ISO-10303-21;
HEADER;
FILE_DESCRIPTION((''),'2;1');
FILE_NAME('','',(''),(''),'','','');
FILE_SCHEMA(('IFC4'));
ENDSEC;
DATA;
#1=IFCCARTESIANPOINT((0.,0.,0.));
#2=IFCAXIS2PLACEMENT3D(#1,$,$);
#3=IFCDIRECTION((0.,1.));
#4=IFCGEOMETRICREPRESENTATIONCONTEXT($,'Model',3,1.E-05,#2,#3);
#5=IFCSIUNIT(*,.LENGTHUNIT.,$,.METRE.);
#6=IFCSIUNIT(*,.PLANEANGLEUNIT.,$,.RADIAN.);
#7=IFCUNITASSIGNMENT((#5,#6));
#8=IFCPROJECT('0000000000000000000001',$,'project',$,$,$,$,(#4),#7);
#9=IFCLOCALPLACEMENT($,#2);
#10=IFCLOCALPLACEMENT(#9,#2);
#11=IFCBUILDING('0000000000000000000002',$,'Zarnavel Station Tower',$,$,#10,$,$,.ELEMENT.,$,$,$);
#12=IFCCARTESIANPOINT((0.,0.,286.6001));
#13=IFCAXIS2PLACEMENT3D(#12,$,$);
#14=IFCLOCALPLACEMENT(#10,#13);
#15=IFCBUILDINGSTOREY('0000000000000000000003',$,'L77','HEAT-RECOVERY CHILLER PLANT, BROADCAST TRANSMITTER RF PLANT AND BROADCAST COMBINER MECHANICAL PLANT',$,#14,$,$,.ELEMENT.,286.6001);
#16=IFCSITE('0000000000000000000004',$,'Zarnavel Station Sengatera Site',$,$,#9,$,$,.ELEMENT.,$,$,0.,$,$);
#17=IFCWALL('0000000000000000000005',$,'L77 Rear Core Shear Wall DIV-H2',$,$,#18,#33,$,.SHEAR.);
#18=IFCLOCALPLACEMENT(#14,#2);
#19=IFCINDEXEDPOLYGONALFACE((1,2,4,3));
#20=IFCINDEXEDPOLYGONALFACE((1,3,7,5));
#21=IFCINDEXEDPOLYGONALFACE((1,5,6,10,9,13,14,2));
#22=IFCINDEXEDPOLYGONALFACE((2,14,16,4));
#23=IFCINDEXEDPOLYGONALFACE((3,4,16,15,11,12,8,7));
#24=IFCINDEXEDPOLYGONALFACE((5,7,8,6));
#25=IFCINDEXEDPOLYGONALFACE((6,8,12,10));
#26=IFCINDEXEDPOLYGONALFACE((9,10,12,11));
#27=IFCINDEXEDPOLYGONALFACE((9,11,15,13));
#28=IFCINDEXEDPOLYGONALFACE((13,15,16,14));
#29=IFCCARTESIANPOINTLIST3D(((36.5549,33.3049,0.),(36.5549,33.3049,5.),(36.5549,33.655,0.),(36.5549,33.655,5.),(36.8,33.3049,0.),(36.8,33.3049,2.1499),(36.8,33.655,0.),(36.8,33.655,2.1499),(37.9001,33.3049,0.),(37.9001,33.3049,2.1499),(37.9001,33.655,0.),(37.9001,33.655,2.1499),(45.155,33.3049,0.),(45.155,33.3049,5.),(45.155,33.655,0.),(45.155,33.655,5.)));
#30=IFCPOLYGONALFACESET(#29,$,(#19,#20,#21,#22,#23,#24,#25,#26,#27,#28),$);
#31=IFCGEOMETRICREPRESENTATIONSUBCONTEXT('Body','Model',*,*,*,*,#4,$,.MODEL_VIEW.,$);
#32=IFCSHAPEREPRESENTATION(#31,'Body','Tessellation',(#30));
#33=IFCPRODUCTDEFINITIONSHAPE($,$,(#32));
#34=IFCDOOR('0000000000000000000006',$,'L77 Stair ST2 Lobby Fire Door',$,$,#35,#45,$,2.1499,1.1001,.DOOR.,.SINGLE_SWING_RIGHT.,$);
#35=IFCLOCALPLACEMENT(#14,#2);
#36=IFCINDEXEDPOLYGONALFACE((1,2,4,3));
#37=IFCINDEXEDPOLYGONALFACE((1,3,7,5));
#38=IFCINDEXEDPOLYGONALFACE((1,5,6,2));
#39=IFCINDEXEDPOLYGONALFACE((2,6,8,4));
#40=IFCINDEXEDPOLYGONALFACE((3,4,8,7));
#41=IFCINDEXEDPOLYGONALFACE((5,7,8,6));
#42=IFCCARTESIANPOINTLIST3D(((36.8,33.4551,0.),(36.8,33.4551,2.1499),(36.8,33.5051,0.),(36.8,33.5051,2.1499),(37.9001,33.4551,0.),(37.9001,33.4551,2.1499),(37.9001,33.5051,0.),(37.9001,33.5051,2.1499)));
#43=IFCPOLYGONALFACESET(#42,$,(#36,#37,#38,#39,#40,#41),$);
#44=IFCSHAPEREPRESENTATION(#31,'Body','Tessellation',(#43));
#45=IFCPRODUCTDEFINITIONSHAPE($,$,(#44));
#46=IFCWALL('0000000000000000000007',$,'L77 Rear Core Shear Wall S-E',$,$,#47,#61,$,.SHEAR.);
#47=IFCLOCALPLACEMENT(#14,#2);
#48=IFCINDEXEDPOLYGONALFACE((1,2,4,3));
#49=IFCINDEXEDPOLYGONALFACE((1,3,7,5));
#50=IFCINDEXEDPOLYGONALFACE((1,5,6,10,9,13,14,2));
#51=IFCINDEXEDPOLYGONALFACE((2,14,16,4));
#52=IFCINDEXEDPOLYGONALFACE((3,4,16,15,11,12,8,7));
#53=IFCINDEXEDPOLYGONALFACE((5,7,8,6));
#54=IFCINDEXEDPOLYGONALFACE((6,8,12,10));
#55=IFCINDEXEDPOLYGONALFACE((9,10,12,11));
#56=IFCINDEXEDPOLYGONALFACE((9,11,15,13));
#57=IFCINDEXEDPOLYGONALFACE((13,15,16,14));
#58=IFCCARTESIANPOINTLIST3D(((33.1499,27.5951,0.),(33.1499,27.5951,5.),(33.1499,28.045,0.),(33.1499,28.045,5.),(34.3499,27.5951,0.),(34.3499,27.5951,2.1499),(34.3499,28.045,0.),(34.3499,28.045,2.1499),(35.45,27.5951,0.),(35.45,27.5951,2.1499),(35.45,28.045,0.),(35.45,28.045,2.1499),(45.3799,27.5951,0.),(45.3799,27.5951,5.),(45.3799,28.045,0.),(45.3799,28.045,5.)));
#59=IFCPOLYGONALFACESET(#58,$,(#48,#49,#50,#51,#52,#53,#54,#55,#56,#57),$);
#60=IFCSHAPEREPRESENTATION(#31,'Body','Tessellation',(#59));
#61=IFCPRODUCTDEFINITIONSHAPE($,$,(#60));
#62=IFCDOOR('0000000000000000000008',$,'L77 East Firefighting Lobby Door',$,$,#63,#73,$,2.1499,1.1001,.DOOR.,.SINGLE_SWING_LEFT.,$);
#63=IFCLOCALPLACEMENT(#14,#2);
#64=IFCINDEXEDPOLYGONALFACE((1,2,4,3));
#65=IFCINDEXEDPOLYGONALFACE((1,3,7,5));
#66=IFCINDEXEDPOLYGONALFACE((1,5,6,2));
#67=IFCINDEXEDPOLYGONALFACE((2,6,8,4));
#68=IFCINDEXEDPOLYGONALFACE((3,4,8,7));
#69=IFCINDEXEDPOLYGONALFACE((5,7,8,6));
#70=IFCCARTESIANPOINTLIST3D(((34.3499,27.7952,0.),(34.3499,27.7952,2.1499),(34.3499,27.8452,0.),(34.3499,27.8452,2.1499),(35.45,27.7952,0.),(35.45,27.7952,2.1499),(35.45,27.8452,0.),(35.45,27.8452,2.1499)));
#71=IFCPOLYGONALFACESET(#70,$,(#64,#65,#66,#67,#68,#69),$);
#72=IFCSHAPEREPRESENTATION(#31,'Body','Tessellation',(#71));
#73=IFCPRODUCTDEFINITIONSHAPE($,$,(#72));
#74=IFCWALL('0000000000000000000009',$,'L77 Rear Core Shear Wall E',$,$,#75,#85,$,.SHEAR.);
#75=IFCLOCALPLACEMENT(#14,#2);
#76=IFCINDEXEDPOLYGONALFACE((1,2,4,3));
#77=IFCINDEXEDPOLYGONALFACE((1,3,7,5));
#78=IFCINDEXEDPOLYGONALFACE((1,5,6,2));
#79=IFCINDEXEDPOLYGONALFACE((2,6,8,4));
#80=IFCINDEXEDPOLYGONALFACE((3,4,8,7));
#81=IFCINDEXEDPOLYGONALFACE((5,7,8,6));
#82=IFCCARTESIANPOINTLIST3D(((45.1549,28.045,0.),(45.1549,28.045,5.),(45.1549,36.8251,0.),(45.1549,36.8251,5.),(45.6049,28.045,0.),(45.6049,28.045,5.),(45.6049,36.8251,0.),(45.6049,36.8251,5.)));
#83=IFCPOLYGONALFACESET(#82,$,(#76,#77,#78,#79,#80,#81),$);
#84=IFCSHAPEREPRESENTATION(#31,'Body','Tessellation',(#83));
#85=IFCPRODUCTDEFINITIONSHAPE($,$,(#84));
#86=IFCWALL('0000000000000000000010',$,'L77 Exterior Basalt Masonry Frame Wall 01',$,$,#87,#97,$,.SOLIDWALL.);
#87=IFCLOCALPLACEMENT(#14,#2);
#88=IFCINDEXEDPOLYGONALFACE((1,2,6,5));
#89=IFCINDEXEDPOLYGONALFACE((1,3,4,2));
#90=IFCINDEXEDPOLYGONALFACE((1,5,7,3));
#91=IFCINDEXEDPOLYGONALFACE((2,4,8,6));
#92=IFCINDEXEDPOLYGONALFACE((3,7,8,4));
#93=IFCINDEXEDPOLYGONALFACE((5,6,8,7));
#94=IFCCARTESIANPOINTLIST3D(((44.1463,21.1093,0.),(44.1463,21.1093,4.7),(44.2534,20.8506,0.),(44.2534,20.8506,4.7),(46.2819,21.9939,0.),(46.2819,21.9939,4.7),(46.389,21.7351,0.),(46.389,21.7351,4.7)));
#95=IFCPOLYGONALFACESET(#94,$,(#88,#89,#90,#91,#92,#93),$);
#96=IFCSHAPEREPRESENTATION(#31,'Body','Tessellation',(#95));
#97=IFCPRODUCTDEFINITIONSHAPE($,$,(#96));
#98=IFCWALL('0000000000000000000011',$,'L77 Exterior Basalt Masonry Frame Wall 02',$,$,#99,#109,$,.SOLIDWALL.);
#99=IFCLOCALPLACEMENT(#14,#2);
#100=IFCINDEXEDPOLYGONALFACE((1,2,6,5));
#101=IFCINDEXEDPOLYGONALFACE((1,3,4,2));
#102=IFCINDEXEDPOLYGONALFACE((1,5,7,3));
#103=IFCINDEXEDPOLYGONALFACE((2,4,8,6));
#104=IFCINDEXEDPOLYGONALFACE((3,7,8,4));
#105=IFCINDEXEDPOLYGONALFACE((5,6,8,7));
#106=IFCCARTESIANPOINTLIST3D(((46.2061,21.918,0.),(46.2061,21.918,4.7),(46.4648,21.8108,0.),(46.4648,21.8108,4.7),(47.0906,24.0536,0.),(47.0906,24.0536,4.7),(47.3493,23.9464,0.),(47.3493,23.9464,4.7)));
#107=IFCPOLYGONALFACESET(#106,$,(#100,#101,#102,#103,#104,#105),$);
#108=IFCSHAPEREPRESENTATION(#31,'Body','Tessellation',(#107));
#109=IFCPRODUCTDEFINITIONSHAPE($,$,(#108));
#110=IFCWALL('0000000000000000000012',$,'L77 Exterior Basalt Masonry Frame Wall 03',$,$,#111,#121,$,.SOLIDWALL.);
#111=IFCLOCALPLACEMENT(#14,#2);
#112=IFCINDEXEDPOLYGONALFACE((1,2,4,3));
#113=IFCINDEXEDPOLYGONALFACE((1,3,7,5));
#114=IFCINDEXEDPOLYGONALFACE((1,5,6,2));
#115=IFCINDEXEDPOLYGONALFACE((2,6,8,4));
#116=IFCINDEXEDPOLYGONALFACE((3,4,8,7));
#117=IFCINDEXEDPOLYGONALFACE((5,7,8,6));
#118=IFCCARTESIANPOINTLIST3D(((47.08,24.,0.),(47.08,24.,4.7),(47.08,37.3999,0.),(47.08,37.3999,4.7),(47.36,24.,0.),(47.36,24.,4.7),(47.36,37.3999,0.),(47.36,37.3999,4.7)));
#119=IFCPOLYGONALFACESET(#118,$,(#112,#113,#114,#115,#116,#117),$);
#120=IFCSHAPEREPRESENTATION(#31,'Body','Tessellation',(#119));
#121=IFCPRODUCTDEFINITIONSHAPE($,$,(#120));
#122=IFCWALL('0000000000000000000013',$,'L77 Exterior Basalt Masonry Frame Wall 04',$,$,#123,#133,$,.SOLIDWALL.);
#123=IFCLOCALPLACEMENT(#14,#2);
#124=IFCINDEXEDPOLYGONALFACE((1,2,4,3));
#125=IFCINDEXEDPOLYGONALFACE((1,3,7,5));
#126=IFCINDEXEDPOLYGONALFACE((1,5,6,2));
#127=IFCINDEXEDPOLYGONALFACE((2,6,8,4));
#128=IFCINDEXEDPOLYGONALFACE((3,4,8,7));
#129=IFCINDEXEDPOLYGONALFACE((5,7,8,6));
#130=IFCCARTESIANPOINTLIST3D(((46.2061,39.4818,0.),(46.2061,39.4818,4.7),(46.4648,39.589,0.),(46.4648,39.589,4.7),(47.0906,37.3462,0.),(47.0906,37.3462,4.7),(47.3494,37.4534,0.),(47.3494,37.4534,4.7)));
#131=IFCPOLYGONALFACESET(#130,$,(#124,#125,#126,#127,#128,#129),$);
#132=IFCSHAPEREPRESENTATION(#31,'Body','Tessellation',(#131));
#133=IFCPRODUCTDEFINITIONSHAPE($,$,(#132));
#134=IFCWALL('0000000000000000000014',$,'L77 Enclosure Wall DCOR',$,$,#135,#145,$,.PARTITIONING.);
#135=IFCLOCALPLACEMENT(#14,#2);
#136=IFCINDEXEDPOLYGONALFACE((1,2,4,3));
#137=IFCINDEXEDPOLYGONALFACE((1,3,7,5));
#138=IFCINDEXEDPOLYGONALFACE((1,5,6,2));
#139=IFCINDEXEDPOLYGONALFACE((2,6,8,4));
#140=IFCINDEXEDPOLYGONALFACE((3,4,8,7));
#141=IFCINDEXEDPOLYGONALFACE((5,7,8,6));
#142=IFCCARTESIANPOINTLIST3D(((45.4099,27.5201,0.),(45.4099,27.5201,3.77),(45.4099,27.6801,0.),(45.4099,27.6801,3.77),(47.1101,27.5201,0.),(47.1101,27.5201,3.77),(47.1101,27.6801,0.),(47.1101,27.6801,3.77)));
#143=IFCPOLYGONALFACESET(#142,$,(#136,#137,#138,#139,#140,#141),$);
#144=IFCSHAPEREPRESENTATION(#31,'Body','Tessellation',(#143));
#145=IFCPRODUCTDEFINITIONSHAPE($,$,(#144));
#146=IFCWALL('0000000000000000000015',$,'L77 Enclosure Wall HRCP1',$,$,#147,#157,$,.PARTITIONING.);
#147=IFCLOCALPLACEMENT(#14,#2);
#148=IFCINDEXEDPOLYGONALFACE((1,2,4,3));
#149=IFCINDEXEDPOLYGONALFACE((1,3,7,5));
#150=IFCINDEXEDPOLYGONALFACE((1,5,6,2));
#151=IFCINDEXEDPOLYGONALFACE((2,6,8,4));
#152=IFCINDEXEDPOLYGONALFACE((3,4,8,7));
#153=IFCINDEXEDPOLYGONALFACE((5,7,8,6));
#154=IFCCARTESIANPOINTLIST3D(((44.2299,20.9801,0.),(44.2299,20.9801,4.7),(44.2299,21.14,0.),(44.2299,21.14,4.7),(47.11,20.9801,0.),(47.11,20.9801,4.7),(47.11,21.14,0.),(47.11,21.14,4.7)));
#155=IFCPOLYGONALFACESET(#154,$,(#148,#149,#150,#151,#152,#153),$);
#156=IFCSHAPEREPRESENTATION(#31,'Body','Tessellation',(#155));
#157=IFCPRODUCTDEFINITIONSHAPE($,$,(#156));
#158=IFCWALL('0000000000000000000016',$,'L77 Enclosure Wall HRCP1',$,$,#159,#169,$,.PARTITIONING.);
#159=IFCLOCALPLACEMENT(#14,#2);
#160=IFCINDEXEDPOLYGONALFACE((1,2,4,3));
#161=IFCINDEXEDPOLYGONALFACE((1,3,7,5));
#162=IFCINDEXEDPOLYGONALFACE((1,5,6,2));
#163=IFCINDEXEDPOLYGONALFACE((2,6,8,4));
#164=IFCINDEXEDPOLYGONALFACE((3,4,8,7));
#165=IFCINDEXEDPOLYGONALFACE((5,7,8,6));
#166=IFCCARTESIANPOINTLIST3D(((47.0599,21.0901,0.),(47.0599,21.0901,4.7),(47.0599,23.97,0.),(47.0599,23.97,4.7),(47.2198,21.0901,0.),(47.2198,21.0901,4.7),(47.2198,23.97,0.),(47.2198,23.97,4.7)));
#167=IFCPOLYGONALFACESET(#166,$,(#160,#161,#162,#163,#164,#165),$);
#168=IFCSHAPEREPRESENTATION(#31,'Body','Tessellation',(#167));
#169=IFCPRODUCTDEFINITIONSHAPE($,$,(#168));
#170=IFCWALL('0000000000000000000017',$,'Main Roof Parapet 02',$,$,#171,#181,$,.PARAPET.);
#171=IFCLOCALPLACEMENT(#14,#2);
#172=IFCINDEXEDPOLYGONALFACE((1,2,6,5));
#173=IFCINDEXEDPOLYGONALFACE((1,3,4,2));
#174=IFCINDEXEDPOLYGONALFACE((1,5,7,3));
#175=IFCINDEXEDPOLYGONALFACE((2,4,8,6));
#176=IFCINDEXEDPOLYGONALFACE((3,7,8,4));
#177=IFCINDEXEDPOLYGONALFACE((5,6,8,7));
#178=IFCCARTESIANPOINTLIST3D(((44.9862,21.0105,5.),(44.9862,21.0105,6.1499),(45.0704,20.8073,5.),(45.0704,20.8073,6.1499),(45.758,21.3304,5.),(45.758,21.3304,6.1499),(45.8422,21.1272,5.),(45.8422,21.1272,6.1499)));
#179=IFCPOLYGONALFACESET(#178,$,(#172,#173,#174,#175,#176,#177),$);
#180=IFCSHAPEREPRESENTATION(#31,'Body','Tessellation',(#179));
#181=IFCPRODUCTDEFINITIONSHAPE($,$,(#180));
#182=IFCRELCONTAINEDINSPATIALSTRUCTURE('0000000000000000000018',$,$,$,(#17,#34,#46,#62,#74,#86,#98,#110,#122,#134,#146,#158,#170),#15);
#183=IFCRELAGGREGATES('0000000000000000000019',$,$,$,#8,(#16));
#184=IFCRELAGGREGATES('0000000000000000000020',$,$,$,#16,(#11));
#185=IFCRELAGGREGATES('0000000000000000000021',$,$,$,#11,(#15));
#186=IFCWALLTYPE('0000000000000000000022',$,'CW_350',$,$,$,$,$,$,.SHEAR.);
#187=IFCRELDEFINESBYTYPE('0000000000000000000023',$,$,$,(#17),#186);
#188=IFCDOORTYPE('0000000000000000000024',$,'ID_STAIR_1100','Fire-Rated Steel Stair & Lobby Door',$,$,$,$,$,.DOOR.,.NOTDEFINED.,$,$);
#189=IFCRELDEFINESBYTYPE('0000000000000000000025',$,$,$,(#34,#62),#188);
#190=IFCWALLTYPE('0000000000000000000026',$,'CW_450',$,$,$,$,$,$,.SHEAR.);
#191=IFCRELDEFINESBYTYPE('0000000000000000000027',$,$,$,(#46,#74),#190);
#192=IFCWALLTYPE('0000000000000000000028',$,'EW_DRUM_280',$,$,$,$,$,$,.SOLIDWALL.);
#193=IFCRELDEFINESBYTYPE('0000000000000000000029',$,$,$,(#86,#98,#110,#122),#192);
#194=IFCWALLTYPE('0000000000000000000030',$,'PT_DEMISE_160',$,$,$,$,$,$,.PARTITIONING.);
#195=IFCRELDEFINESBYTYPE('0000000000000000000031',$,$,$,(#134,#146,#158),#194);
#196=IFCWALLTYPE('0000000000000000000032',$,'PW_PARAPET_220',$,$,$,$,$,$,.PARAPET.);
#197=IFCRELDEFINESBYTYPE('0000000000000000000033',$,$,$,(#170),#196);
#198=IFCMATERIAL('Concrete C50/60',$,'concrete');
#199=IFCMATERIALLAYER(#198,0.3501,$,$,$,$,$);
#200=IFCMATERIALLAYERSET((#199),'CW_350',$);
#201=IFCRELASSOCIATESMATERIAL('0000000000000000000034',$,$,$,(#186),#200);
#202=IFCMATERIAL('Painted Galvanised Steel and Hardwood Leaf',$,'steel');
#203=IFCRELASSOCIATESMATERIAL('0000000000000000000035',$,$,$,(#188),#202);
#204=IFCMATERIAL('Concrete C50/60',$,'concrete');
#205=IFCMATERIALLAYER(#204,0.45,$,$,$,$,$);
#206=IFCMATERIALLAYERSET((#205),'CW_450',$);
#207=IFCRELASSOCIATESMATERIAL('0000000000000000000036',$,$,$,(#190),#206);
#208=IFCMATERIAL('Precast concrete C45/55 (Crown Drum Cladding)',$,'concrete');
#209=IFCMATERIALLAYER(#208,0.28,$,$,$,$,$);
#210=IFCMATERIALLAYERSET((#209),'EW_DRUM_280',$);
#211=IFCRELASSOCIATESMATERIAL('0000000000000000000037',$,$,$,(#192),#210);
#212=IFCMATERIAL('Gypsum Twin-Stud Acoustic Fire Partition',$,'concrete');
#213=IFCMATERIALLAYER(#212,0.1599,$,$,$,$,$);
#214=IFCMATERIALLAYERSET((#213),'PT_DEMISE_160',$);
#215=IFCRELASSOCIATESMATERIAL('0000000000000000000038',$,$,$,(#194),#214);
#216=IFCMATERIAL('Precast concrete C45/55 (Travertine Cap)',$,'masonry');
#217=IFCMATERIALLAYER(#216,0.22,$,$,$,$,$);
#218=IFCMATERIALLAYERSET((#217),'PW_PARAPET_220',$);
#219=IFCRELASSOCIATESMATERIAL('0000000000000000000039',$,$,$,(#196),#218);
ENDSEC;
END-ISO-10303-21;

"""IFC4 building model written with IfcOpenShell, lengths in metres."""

from ifc_helpers import new_model, si_unit, direction, frame, frame_2d, origin, place, context, subcontext, project, spatial, rectangle, extrude, material, layer, layer_set, type_object, element, fill, save


model = new_model("IFC4")

# Units and contexts
model_context = context("Model", 3, precision=1e-05, world=origin(), true_north=direction((0.0, 1.0)))
body_context = subcontext(model_context, "Body", "Model", "MODEL_VIEW")
ifc_project = project(units=[si_unit("LENGTHUNIT", "METRE"), si_unit("PLANEANGLEUNIT", "RADIAN")], contexts=[model_context])

# Site, building, storey
site_placement = place(None, origin())
site = spatial("IfcSite", under=ifc_project, at=site_placement, Name="Zarnavel Station Sengatera Site", CompositionType="ELEMENT", RefElevation=0.0)
building_placement = place(site_placement, origin())
building = spatial("IfcBuilding", under=site, at=building_placement, Name="Zarnavel Station Tower", CompositionType="ELEMENT")
storey_placement = place(building_placement, frame((0.0, 0.0, 286.6001)))
storey = spatial("IfcBuildingStorey", under=building, at=storey_placement, Name="L77", Description="HEAT-RECOVERY CHILLER PLANT, BROADCAST TRANSMITTER RF PLANT AND BROADCAST COMBINER MECHANICAL PLANT", CompositionType="ELEMENT", Elevation=286.6001)

# Walls, openings, doors
ifc_material_1 = material(Name="Concrete C50/60", Category="concrete")
ifc_layer_1 = layer(ifc_material_1, 0.3501)
ifc_layer_set_1 = layer_set([ifc_layer_1], Name="CW_350")
wall_type_1 = type_object("IfcWallType", Name="CW_350", PredefinedType="SHEAR", material=ifc_layer_set_1)
wall_1_placement = place(storey_placement, frame((45.155, 33.48, 0.0), z_axis=(0.0, 0.0, 1.0), x_axis=(-1.0, 0.0, 0.0)))
wall_1 = element("IfcWall", 1, at=wall_1_placement, inside=storey, type_object=wall_type_1, Name="L77 Rear Core Shear Wall DIV-H2", PredefinedType="SHEAR", context=body_context, shape_type="SweptSolid", body=[
    extrude(rectangle(XDim=8.6001, YDim=0.3501, at=frame_2d((4.3, 0.0))), origin(), (0.0, 0.0, 1.0), 5.0),
])
opening_1_placement = place(wall_1_placement, frame((7.2549, 0.0, 0.0)))
opening_1 = element("IfcOpeningElement", 2, at=opening_1_placement, cuts=wall_1, PredefinedType="OPENING", context=body_context, shape_type="SweptSolid", body=[
    extrude(rectangle(XDim=1.1001, YDim=2.1499, at=frame_2d((0.55, 1.075))), frame((0.0, 0.1851, 0.0), z_axis=(0.0, -1.0, 0.0), x_axis=(1.0, 0.0, 0.0)), (0.0, 0.0, 1.0), 0.3701),
])
ifc_material_2 = material(Name="Painted Galvanised Steel and Hardwood Leaf", Category="steel")
door_type = type_object("IfcDoorType", Name="ID_STAIR_1100", Description="Fire-Rated Steel Stair & Lobby Door", OperationType="NOTDEFINED", PredefinedType="DOOR", material=ifc_material_2)
door_1_placement = place(opening_1_placement, origin())
door_1 = element("IfcDoor", 3, at=door_1_placement, inside=storey, type_object=door_type, Name="L77 Stair ST2 Lobby Fire Door", OperationType="SINGLE_SWING_RIGHT", OverallHeight=2.1499, OverallWidth=1.1001, PredefinedType="DOOR", context=body_context, shape_type="SweptSolid", body=[
    extrude(rectangle(XDim=1.1001, YDim=2.1499, at=frame_2d((0.55, 1.075))), frame((0.0, 0.0249, 0.0), z_axis=(0.0, -1.0, 0.0), x_axis=(1.0, 0.0, 0.0)), (0.0, 0.0, 1.0), 0.05),
])
fill(opening_1, door_1)
ifc_material_3 = material(Name="Concrete C50/60", Category="concrete")
ifc_layer_2 = layer(ifc_material_3, 0.45)
ifc_layer_set_2 = layer_set([ifc_layer_2], Name="CW_450")
wall_type_2 = type_object("IfcWallType", Name="CW_450", PredefinedType="SHEAR", material=ifc_layer_set_2)
wall_2_placement = place(storey_placement, frame((45.3799, 27.8201, 0.0), z_axis=(0.0, 0.0, 1.0), x_axis=(-1.0, 0.0, 0.0)))
wall_2 = element("IfcWall", 4, at=wall_2_placement, inside=storey, type_object=wall_type_2, Name="L77 Rear Core Shear Wall S-E", PredefinedType="SHEAR", context=body_context, shape_type="SweptSolid", body=[
    extrude(rectangle(XDim=12.23, YDim=0.45, at=frame_2d((6.115, 0.0))), origin(), (0.0, 0.0, 1.0), 5.0),
])
opening_2_placement = place(wall_2_placement, frame((9.9299, 0.0, 0.0)))
opening_2 = element("IfcOpeningElement", 5, at=opening_2_placement, cuts=wall_2, PredefinedType="OPENING", context=body_context, shape_type="SweptSolid", body=[
    extrude(rectangle(XDim=1.1001, YDim=2.1499, at=frame_2d((0.55, 1.075))), frame((0.0, 0.2349, 0.0), z_axis=(0.0, -1.0, 0.0), x_axis=(1.0, 0.0, 0.0)), (0.0, 0.0, 1.0), 0.47),
])
door_2_placement = place(opening_2_placement, origin())
door_2 = element("IfcDoor", 6, at=door_2_placement, inside=storey, type_object=door_type, Name="L77 East Firefighting Lobby Door", OperationType="SINGLE_SWING_LEFT", OverallHeight=2.1499, OverallWidth=1.1001, PredefinedType="DOOR", context=body_context, shape_type="SweptSolid", body=[
    extrude(rectangle(XDim=1.1001, YDim=2.1499, at=frame_2d((0.55, 1.075))), frame((0.0, 0.0249, 0.0), z_axis=(0.0, -1.0, 0.0), x_axis=(1.0, 0.0, 0.0)), (0.0, 0.0, 1.0), 0.05),
])
fill(opening_2, door_2)

# Walls
wall_3_placement = place(storey_placement, frame((45.3799, 28.0449, 0.0), z_axis=(0.0, 0.0, 1.0), x_axis=(0.0, 1.0, 0.0)))
element("IfcWall", 7, at=wall_3_placement, inside=storey, type_object=wall_type_2, Name="L77 Rear Core Shear Wall E", PredefinedType="SHEAR", context=body_context, shape_type="SweptSolid", body=[
    extrude(rectangle(XDim=8.78, YDim=0.45, at=frame_2d((4.3901, 0.0))), origin(), (0.0, 0.0, 1.0), 5.0),
])
ifc_material_4 = material(Name="Precast concrete C45/55 (Crown Drum Cladding)", Category="concrete")
ifc_layer_3 = layer(ifc_material_4, 0.28)
ifc_layer_set_3 = layer_set([ifc_layer_3], Name="EW_DRUM_280")
wall_type_3 = type_object("IfcWallType", Name="EW_DRUM_280", PredefinedType="SOLIDWALL", material=ifc_layer_set_3)
for number, where, z_axis, x_axis, name in (
    (8, (46.3354, 21.8645, 0.0), (0.0, 0.0, 1.0), (-0.923884, -0.382672, 0.0), "L77 Exterior Basalt Masonry Frame Wall 01"),
    (9, (47.22, 24.0, 0.0), (0.0, 0.0, 1.0), (-0.382672, -0.923884, 0.0), "L77 Exterior Basalt Masonry Frame Wall 02"),
):
    element("IfcWall", number, at=place(storey_placement, frame(where, z_axis=z_axis, x_axis=x_axis)), inside=storey, type_object=wall_type_3, Name=name, PredefinedType="SOLIDWALL", context=body_context, shape_type="SweptSolid", body=[
        extrude(rectangle(XDim=2.3115, YDim=0.28, at=frame_2d((1.1558, 0.0))), origin(), (0.0, 0.0, 1.0), 4.7),
    ])
wall_4_placement = place(storey_placement, frame((47.22, 37.3999, 0.0), z_axis=(0.0, 0.0, 1.0), x_axis=(0.0, -1.0, 0.0)))
element("IfcWall", 10, at=wall_4_placement, inside=storey, type_object=wall_type_3, Name="L77 Exterior Basalt Masonry Frame Wall 03", PredefinedType="SOLIDWALL", context=body_context, shape_type="SweptSolid", body=[
    extrude(rectangle(XDim=13.3999, YDim=0.28, at=frame_2d((6.7, 0.0))), origin(), (0.0, 0.0, 1.0), 4.7),
])
wall_5_placement = place(storey_placement, frame((46.3354, 39.5354, 0.0), z_axis=(0.0, 0.0, 1.0), x_axis=(0.382672, -0.923884, 0.0)))
element("IfcWall", 11, at=wall_5_placement, inside=storey, type_object=wall_type_3, Name="L77 Exterior Basalt Masonry Frame Wall 04", PredefinedType="SOLIDWALL", context=body_context, shape_type="SweptSolid", body=[
    extrude(rectangle(XDim=2.3115, YDim=0.28, at=frame_2d((1.1558, 0.0))), origin(), (0.0, 0.0, 1.0), 4.7),
])
ifc_material_5 = material(Name="Gypsum Twin-Stud Acoustic Fire Partition", Category="concrete")
ifc_layer_4 = layer(ifc_material_5, 0.1599)
ifc_layer_set_4 = layer_set([ifc_layer_4], Name="PT_DEMISE_160")
wall_type_4 = type_object("IfcWallType", Name="PT_DEMISE_160", PredefinedType="PARTITIONING", material=ifc_layer_set_4)
wall_6_placement = place(storey_placement, frame((45.4099, 27.6001, 0.0), z_axis=(0.0, 0.0, 1.0), x_axis=(1.0, 0.0, 0.0)))
element("IfcWall", 12, at=wall_6_placement, inside=storey, type_object=wall_type_4, Name="L77 Enclosure Wall DCOR", PredefinedType="PARTITIONING", context=body_context, shape_type="SweptSolid", body=[
    extrude(rectangle(XDim=1.7002, YDim=0.1599, at=frame_2d((0.8501, 0.0))), origin(), (0.0, 0.0, 1.0), 3.77),
])
wall_7_placement = place(storey_placement, frame((44.23, 21.0601, 0.0), z_axis=(0.0, 0.0, 1.0), x_axis=(1.0, 0.0, 0.0)))
element("IfcWall", 13, at=wall_7_placement, inside=storey, type_object=wall_type_4, Name="L77 Enclosure Wall HRCP1", PredefinedType="PARTITIONING", context=body_context, shape_type="SweptSolid", body=[
    extrude(rectangle(XDim=2.8801, YDim=0.1599, at=frame_2d((1.4399, 0.0))), origin(), (0.0, 0.0, 1.0), 4.7),
])
wall_8_placement = place(storey_placement, frame((47.1399, 21.0901, 0.0), z_axis=(0.0, 0.0, 1.0), x_axis=(0.0, 1.0, 0.0)))
element("IfcWall", 14, at=wall_8_placement, inside=storey, type_object=wall_type_4, Name="L77 Enclosure Wall HRCP1", PredefinedType="PARTITIONING", context=body_context, shape_type="SweptSolid", body=[
    extrude(rectangle(XDim=2.8799, YDim=0.1599, at=frame_2d((1.4399, 0.0))), origin(), (0.0, 0.0, 1.0), 4.7),
])
ifc_material_6 = material(Name="Precast concrete C45/55 (Travertine Cap)", Category="masonry")
ifc_layer_5 = layer(ifc_material_6, 0.22)
ifc_layer_set_5 = layer_set([ifc_layer_5], Name="PW_PARAPET_220")
wall_type_5 = type_object("IfcWallType", Name="PW_PARAPET_220", PredefinedType="PARAPET", material=ifc_layer_set_5)
wall_9_placement = place(storey_placement, frame((45.0283, 20.9089, 5.0), z_axis=(0.0, 0.0, 1.0), x_axis=(0.92381, 0.382851, 0.0)))
element("IfcWall", 15, at=wall_9_placement, inside=storey, type_object=wall_type_5, Name="Main Roof Parapet 02", PredefinedType="PARAPET", context=body_context, shape_type="SweptSolid", body=[
    extrude(rectangle(XDim=0.8354, YDim=0.22, at=frame_2d((0.4177, 0.0))), origin(), (0.0, 0.0, 1.0), 1.1499),
])

save(model, "model.ifc")
